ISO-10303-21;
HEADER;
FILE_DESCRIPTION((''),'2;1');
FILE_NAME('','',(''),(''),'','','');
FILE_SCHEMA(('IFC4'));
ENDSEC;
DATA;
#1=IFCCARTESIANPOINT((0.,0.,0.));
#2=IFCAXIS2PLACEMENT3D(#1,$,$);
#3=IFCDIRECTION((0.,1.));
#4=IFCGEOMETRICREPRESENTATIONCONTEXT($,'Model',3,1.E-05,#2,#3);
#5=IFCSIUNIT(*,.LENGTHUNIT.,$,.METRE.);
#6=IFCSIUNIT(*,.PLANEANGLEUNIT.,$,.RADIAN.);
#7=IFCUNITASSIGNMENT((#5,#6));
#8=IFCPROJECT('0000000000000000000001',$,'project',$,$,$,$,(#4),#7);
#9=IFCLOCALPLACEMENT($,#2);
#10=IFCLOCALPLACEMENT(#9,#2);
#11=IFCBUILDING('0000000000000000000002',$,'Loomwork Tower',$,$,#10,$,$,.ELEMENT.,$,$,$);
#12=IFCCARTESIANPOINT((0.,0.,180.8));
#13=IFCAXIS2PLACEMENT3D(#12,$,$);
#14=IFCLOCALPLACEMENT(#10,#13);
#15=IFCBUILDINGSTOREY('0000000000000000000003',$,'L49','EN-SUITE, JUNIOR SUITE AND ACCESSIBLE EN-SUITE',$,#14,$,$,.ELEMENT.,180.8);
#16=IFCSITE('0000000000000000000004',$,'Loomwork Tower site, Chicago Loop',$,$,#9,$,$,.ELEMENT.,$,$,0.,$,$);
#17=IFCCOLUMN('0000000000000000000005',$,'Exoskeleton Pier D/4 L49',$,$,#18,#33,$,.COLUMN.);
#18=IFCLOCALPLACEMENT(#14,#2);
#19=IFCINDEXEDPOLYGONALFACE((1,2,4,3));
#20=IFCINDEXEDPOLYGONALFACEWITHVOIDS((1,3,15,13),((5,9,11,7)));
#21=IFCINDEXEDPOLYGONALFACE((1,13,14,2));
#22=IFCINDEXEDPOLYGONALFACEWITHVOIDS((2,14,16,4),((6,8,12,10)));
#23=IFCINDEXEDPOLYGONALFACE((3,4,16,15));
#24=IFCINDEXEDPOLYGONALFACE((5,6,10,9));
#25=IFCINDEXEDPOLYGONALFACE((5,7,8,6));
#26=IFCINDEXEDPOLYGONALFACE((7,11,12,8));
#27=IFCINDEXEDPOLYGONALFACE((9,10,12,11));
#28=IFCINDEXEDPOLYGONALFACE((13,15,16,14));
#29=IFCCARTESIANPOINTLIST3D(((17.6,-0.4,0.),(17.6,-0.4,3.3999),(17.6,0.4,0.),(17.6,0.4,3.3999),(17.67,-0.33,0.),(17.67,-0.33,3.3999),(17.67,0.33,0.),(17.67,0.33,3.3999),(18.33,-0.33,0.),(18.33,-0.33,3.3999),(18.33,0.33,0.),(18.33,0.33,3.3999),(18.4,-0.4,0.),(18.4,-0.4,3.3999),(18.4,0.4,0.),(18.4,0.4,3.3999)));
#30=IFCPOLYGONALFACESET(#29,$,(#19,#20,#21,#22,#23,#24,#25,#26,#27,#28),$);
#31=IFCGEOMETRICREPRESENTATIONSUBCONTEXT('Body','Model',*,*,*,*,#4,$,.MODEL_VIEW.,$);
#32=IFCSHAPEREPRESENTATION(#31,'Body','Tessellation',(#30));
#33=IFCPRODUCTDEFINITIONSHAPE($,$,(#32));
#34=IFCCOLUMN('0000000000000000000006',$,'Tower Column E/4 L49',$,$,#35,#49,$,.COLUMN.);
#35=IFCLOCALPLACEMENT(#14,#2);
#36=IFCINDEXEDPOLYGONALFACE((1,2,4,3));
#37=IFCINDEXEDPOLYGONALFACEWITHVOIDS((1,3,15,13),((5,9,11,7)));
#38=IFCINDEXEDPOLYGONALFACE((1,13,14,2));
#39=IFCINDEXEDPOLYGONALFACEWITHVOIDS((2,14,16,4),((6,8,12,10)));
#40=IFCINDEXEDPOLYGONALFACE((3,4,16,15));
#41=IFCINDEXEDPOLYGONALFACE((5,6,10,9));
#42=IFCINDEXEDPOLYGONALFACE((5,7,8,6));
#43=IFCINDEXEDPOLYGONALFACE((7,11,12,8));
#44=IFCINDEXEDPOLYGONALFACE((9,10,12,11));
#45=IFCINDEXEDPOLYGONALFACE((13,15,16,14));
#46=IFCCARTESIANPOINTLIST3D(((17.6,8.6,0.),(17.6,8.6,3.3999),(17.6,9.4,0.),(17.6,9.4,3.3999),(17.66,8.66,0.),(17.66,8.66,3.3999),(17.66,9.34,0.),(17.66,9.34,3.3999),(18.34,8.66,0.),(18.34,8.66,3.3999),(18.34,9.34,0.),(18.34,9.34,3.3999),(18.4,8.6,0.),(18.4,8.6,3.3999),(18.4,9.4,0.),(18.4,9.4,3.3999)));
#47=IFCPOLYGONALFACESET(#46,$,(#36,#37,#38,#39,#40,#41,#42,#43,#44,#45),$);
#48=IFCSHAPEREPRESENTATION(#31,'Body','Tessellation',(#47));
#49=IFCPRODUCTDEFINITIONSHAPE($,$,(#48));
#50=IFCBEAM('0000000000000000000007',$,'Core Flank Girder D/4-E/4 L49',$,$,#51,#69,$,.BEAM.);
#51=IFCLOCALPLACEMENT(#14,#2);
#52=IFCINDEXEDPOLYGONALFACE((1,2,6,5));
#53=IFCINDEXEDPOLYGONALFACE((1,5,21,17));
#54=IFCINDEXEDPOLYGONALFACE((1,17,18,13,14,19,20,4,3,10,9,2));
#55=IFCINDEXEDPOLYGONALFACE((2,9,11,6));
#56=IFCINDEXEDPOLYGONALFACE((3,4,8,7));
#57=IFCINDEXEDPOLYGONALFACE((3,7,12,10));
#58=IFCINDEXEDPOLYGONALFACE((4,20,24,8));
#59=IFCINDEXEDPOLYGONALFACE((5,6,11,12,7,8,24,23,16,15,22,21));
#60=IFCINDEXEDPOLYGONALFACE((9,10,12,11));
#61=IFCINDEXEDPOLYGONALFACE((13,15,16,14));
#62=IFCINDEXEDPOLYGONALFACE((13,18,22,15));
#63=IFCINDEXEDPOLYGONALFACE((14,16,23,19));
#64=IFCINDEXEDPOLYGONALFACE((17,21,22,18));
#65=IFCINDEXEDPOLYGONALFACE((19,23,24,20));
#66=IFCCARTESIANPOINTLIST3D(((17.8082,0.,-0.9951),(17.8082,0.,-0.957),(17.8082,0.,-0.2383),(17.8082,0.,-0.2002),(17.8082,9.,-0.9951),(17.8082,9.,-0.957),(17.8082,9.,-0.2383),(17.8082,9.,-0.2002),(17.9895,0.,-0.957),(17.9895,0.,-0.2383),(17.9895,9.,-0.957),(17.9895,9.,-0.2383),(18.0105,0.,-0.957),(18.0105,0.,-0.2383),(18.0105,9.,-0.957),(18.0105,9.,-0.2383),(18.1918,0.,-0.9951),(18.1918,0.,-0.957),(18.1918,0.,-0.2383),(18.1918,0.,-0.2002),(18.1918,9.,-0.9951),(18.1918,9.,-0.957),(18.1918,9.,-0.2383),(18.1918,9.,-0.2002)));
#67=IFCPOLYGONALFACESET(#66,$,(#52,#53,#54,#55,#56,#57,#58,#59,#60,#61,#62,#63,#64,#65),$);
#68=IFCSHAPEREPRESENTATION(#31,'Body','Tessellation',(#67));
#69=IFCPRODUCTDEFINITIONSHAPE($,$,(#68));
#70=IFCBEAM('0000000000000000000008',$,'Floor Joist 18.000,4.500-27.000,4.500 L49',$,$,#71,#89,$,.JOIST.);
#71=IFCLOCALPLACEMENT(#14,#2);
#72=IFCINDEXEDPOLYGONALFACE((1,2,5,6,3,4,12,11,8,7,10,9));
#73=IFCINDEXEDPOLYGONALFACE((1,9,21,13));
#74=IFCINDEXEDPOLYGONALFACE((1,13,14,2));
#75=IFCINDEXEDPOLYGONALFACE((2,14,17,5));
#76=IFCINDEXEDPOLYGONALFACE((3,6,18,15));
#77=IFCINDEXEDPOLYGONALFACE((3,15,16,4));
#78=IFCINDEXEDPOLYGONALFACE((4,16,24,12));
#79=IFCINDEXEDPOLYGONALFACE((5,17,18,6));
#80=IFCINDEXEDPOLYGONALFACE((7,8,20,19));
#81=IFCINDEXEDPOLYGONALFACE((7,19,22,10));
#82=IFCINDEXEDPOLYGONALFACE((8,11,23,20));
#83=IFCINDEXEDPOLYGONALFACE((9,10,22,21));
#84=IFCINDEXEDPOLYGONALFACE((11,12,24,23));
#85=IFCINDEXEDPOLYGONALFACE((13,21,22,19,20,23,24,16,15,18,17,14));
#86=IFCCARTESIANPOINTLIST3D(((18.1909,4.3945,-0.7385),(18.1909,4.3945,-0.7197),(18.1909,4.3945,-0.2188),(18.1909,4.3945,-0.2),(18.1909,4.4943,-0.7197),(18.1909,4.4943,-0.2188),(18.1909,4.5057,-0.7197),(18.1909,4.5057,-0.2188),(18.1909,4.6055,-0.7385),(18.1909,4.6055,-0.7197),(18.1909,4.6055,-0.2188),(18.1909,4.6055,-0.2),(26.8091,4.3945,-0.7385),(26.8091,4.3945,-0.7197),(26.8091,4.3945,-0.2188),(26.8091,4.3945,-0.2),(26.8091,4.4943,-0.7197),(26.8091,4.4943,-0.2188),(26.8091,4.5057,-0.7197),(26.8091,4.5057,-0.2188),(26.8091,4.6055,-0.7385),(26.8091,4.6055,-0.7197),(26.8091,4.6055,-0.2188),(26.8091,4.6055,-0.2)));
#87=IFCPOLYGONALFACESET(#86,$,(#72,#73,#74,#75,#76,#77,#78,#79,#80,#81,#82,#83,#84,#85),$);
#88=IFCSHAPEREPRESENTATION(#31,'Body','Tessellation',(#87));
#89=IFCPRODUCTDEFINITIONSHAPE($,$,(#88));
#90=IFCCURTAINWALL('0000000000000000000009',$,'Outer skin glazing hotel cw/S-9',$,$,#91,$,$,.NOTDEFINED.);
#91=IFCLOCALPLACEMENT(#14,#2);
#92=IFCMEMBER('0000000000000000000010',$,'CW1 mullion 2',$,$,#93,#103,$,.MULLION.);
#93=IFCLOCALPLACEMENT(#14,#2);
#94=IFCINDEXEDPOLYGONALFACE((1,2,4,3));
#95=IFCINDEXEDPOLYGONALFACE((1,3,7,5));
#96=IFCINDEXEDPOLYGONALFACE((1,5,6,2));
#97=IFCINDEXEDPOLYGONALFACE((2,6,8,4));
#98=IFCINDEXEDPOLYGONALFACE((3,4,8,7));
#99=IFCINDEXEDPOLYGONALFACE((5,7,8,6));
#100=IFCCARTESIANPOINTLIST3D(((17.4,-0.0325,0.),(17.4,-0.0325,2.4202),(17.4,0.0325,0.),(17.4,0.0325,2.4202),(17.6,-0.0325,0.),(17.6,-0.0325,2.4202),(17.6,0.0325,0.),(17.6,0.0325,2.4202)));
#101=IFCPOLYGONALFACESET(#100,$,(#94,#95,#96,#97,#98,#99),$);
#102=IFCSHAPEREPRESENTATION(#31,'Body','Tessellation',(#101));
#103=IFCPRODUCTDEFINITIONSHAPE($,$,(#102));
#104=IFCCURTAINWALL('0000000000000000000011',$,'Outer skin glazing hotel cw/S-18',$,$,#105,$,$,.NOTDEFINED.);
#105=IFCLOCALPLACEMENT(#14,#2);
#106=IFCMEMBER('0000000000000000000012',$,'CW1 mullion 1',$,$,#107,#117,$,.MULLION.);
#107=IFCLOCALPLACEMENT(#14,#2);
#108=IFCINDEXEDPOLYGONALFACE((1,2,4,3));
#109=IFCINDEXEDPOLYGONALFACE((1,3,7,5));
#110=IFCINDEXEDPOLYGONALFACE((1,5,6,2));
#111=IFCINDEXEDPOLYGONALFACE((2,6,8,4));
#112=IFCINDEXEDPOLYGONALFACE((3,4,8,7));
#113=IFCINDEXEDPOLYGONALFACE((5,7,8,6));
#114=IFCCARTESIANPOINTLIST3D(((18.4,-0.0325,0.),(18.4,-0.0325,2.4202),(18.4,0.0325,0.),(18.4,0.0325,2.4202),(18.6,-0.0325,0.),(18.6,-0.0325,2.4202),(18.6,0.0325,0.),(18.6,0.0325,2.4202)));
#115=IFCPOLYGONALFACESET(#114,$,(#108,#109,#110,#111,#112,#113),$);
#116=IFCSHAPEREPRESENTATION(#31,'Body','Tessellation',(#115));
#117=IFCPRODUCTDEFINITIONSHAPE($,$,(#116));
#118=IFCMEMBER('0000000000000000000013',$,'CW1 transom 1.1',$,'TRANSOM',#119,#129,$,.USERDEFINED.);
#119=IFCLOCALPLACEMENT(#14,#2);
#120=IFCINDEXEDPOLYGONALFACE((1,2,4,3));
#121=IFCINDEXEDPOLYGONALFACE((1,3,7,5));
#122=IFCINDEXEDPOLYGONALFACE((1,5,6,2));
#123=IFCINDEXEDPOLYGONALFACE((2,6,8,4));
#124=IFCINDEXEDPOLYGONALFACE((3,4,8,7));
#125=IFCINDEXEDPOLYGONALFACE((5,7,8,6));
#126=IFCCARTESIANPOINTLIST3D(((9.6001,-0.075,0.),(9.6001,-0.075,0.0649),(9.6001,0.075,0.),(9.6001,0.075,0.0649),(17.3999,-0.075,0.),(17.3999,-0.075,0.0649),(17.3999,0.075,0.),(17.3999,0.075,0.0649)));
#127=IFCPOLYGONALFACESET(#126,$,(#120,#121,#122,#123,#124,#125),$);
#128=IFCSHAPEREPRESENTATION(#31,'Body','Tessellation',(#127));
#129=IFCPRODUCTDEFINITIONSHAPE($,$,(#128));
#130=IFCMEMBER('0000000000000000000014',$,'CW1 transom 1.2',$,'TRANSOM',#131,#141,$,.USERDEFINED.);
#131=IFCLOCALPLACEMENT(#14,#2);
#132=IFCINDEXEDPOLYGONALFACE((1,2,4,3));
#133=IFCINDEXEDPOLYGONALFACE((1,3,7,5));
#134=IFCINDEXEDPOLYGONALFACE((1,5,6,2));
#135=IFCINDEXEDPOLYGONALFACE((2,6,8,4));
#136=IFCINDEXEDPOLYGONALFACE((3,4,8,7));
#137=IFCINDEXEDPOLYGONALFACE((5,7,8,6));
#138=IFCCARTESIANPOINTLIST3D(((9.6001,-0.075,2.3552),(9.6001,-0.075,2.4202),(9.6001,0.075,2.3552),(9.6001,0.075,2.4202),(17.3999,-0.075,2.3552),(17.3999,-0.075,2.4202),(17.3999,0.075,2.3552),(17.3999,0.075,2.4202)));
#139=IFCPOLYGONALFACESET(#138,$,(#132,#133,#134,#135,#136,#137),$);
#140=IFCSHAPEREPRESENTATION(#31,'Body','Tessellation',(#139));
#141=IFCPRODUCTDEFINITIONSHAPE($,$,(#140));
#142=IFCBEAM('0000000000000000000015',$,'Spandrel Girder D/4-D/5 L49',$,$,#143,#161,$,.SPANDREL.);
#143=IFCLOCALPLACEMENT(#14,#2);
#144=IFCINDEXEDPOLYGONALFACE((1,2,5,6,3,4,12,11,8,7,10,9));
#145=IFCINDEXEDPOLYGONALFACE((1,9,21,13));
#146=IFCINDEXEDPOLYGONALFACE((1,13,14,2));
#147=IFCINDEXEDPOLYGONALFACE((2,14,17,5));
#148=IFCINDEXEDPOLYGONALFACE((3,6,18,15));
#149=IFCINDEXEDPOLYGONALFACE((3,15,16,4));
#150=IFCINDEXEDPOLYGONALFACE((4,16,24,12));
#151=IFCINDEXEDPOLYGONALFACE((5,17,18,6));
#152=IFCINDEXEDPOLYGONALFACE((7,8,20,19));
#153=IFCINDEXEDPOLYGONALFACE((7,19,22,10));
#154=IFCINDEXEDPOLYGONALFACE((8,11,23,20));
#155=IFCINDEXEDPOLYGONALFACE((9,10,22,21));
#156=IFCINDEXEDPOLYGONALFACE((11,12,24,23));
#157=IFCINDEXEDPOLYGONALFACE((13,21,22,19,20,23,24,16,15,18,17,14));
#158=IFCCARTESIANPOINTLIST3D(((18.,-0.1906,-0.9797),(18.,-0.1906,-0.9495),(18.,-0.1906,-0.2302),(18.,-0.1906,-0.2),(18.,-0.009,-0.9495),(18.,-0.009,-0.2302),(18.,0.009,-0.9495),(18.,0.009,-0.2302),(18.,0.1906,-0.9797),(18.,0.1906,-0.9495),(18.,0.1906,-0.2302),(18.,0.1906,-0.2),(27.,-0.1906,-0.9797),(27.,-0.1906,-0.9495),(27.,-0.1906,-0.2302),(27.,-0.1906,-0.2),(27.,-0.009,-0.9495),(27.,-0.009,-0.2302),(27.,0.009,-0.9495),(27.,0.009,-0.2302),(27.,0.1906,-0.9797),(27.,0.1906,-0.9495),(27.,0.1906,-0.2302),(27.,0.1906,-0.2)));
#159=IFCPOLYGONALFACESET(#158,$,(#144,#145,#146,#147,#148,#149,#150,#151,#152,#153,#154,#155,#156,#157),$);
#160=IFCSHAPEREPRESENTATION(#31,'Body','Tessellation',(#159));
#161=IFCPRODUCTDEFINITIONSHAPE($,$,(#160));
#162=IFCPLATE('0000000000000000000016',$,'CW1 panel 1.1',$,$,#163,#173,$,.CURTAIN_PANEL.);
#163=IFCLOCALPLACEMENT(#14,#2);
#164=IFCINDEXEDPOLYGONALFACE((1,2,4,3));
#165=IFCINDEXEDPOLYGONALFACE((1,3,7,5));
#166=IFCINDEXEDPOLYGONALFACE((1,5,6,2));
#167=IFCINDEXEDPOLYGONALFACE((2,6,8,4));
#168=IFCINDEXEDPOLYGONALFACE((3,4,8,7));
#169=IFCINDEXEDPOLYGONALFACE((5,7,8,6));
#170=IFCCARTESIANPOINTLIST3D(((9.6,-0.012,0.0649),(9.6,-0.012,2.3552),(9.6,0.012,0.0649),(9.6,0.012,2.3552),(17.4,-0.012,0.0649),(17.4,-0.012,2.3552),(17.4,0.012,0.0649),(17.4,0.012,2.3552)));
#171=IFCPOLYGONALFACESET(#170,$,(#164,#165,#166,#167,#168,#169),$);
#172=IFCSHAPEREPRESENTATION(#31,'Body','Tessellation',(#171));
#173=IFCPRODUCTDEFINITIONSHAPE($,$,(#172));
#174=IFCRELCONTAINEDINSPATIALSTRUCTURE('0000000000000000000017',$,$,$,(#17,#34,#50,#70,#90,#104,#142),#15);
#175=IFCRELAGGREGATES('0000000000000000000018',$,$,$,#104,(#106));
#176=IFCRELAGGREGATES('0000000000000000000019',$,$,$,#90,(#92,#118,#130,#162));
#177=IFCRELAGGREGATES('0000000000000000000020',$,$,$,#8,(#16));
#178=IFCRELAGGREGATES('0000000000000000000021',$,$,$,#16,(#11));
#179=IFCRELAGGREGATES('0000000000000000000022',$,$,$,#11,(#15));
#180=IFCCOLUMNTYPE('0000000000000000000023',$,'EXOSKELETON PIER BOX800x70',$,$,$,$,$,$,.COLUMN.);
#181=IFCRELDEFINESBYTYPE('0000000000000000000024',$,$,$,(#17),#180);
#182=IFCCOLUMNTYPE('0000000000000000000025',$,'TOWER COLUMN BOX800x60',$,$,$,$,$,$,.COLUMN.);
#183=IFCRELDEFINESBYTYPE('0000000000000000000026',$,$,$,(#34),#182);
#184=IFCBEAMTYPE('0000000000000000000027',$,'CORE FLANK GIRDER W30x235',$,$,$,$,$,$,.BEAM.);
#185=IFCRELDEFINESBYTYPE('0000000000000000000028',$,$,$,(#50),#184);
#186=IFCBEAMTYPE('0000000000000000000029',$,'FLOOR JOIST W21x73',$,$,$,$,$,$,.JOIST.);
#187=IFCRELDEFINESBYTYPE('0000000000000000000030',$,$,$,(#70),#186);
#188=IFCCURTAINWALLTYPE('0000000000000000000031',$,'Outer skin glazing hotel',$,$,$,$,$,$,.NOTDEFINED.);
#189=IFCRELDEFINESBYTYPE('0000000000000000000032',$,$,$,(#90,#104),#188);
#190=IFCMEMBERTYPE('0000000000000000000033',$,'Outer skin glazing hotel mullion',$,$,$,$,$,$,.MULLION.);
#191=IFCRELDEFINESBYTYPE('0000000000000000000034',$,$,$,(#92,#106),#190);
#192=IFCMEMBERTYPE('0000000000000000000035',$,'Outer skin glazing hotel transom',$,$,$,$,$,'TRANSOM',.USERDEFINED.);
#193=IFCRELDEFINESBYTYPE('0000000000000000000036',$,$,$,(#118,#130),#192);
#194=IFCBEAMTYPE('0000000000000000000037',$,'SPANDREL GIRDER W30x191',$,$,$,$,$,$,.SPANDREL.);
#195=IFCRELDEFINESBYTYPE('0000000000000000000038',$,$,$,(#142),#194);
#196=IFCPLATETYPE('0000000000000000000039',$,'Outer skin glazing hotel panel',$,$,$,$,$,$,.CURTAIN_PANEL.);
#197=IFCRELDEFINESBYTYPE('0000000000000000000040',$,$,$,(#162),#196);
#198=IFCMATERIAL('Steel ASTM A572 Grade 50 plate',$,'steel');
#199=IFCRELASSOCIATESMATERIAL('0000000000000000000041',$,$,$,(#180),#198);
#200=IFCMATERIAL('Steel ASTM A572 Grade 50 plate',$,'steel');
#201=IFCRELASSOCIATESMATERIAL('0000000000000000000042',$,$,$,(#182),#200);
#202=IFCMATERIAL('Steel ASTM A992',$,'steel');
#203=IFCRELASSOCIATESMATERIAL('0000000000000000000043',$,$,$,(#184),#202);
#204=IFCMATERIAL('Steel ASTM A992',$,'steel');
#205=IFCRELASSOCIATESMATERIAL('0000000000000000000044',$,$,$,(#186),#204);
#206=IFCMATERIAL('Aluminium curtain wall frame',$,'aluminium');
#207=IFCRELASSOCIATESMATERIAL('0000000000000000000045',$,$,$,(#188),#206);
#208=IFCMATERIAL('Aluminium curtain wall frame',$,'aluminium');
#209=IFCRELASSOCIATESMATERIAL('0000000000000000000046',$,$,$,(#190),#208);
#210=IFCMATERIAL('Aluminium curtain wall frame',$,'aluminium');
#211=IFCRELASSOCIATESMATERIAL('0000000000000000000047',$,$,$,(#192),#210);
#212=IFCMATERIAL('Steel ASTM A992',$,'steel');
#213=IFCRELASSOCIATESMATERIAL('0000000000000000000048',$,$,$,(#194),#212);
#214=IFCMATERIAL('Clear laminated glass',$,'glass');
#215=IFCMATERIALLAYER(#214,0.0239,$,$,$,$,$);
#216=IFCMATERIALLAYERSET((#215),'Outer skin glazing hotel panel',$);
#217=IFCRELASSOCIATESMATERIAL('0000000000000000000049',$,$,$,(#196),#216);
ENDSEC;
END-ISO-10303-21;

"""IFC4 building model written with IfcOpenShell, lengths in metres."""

from ifc_helpers import new_model, si_unit, direction, frame, origin, origin_2d, place, context, subcontext, project, spatial, rectangle, hollow_rectangle, i_section, extrude, material, layer, layer_set, material_profile, profile_set, type_object, element, aggregate, save


model = new_model("IFC4")

# Units and contexts
model_context = context("Model", 3, precision=1e-05, world=origin(), true_north=direction((0.0, 1.0)))
body_context = subcontext(model_context, "Body", "Model", "MODEL_VIEW")
ifc_project = project(units=[si_unit("LENGTHUNIT", "METRE"), si_unit("PLANEANGLEUNIT", "RADIAN")], contexts=[model_context])

# Site, building, storey
site_placement = place(None, origin())
site = spatial("IfcSite", under=ifc_project, at=site_placement, Name="Loomwork Tower site, Chicago Loop", CompositionType="ELEMENT", RefElevation=0.0)
building_placement = place(site_placement, origin())
building = spatial("IfcBuilding", under=site, at=building_placement, Name="Loomwork Tower", CompositionType="ELEMENT")
storey_placement = place(building_placement, frame((0.0, 0.0, 180.8)))
storey = spatial("IfcBuildingStorey", under=building, at=storey_placement, Name="L49", Description="EN-SUITE, JUNIOR SUITE AND ACCESSIBLE EN-SUITE", CompositionType="ELEMENT", Elevation=180.8)

# Columns
ifc_material_1 = material(Name="Steel ASTM A572 Grade 50 plate", Category="steel")
ifc_material_profile_1 = material_profile(ifc_material_1, hollow_rectangle(XDim=0.8, YDim=0.8, WallThickness=0.0701, at=origin_2d()), Name="BOX800x70")
ifc_profile_set_1 = profile_set([ifc_material_profile_1], Name="Steel ASTM A572 Grade 50 plate")
column_type_1 = type_object("IfcColumnType", Name="EXOSKELETON PIER BOX800x70", PredefinedType="COLUMN", material=ifc_profile_set_1)
column_1_placement = place(storey_placement, frame((18.0, 0.0, 0.0), z_axis=(0.0, 0.0, 1.0), x_axis=(1.0, 0.0, 0.0)))
element("IfcColumn", 1, at=column_1_placement, inside=storey, type_object=column_type_1, Name="Exoskeleton Pier D/4 L49", PredefinedType="COLUMN", context=body_context, shape_type="SweptSolid", body=[
    extrude(hollow_rectangle(XDim=0.8, YDim=0.8, WallThickness=0.0701, at=origin_2d()), origin(), (0.0, 0.0, 1.0), 3.3999),
])
ifc_material_2 = material(Name="Steel ASTM A572 Grade 50 plate", Category="steel")
ifc_material_profile_2 = material_profile(ifc_material_2, hollow_rectangle(XDim=0.8, YDim=0.8, WallThickness=0.0601, at=origin_2d()), Name="BOX800x60")
ifc_profile_set_2 = profile_set([ifc_material_profile_2], Name="Steel ASTM A572 Grade 50 plate")
column_type_2 = type_object("IfcColumnType", Name="TOWER COLUMN BOX800x60", PredefinedType="COLUMN", material=ifc_profile_set_2)
column_2_placement = place(storey_placement, frame((18.0, 9.0, 0.0), z_axis=(0.0, 0.0, 1.0), x_axis=(1.0, 0.0, 0.0)))
element("IfcColumn", 2, at=column_2_placement, inside=storey, type_object=column_type_2, Name="Tower Column E/4 L49", PredefinedType="COLUMN", context=body_context, shape_type="SweptSolid", body=[
    extrude(hollow_rectangle(XDim=0.8, YDim=0.8, WallThickness=0.0601, at=origin_2d()), origin(), (0.0, 0.0, 1.0), 3.3999),
])

# Beams
ifc_material_3 = material(Name="Steel ASTM A992", Category="steel")
ifc_material_profile_3 = material_profile(ifc_material_3, i_section(OverallWidth=0.3835, OverallDepth=0.7949, WebThickness=0.021, FlangeThickness=0.0381, at=origin_2d()), Name="W30x235")
ifc_profile_set_3 = profile_set([ifc_material_profile_3], Name="Steel ASTM A992")
beam_type_1 = type_object("IfcBeamType", Name="CORE FLANK GIRDER W30x235", PredefinedType="BEAM", material=ifc_profile_set_3)
beam_1_placement = place(storey_placement, frame((18.0, 0.0, -0.5977), z_axis=(0.0, 1.0, 0.0), x_axis=(-1.0, 0.0, 0.0)))
element("IfcBeam", 3, at=beam_1_placement, inside=storey, type_object=beam_type_1, Name="Core Flank Girder D/4-E/4 L49", PredefinedType="BEAM", context=body_context, shape_type="SweptSolid", body=[
    extrude(i_section(OverallWidth=0.3835, OverallDepth=0.7949, WebThickness=0.021, FlangeThickness=0.0381, at=origin_2d()), origin(), (0.0, 0.0, 1.0), 9.0),
])
ifc_material_4 = material(Name="Steel ASTM A992", Category="steel")
ifc_material_profile_4 = material_profile(ifc_material_4, i_section(OverallWidth=0.2109, OverallDepth=0.5386, WebThickness=0.0115, FlangeThickness=0.0188, at=origin_2d()), Name="W21x73")
ifc_profile_set_4 = profile_set([ifc_material_profile_4], Name="Steel ASTM A992")
beam_type_2 = type_object("IfcBeamType", Name="FLOOR JOIST W21x73", PredefinedType="JOIST", material=ifc_profile_set_4)
beam_2_placement = place(storey_placement, frame((18.1909, 4.5, -0.4692), z_axis=(1.0, 0.0, 0.0), x_axis=(0.0, 1.0, 0.0)))
element("IfcBeam", 4, at=beam_2_placement, inside=storey, type_object=beam_type_2, Name="Floor Joist 18.000,4.500-27.000,4.500 L49", PredefinedType="JOIST", context=body_context, shape_type="SweptSolid", body=[
    extrude(i_section(OverallWidth=0.2109, OverallDepth=0.5386, WebThickness=0.0115, FlangeThickness=0.0188, at=origin_2d()), origin(), (0.0, 0.0, 1.0), 8.6182),
])

# Curtain walls, members
ifc_material_5 = material(Name="Aluminium curtain wall frame", Category="aluminium")
curtain_wall_type = type_object("IfcCurtainWallType", Name="Outer skin glazing hotel", PredefinedType="NOTDEFINED", material=ifc_material_5)
curtain_wall_1_placement = place(storey_placement, origin())
curtain_wall_1 = element("IfcCurtainWall", 5, at=curtain_wall_1_placement, inside=storey, type_object=curtain_wall_type, Name="Outer skin glazing hotel cw/S-9", PredefinedType="NOTDEFINED")
ifc_material_6 = material(Name="Aluminium curtain wall frame", Category="aluminium")
ifc_material_profile_5 = material_profile(ifc_material_6, rectangle(XDim=0.0649, YDim=0.2, at=origin_2d()), Name="AL 65x200")
ifc_profile_set_5 = profile_set([ifc_material_profile_5], Name="Aluminium curtain wall frame")
member_type_1 = type_object("IfcMemberType", Name="Outer skin glazing hotel mullion", PredefinedType="MULLION", material=ifc_profile_set_5)
member_1_placement = place(storey_placement, frame((17.5, 0.0, 0.0), z_axis=(0.0, 0.0, 1.0), x_axis=(0.0, 1.0, 0.0)))
member_1 = element("IfcMember", 6, at=member_1_placement, type_object=member_type_1, Name="CW1 mullion 2", PredefinedType="MULLION", context=body_context, shape_type="SweptSolid", body=[
    extrude(rectangle(XDim=0.0649, YDim=0.2, at=origin_2d()), origin(), (0.0, 0.0, 1.0), 2.4202),
])
curtain_wall_2_placement = place(storey_placement, origin())
curtain_wall_2 = element("IfcCurtainWall", 7, at=curtain_wall_2_placement, inside=storey, type_object=curtain_wall_type, Name="Outer skin glazing hotel cw/S-18", PredefinedType="NOTDEFINED")
member_2_placement = place(storey_placement, frame((18.5, 0.0, 0.0), z_axis=(0.0, 0.0, 1.0), x_axis=(0.0, 1.0, 0.0)))
member_2 = element("IfcMember", 8, at=member_2_placement, type_object=member_type_1, Name="CW1 mullion 1", PredefinedType="MULLION", context=body_context, shape_type="SweptSolid", body=[
    extrude(rectangle(XDim=0.0649, YDim=0.2, at=origin_2d()), origin(), (0.0, 0.0, 1.0), 2.4202),
])
aggregate(curtain_wall_2, [member_2])

# Members
ifc_material_7 = material(Name="Aluminium curtain wall frame", Category="aluminium")
ifc_material_profile_6 = material_profile(ifc_material_7, rectangle(XDim=0.1499, YDim=0.0649, at=origin_2d()), Name="AL 65x150")
ifc_profile_set_6 = profile_set([ifc_material_profile_6], Name="Aluminium curtain wall frame")
member_type_2 = type_object("IfcMemberType", Name="Outer skin glazing hotel transom", ElementType="TRANSOM", PredefinedType="USERDEFINED", material=ifc_profile_set_6)
member_3_placement = place(storey_placement, frame((9.6001, 0.0, 0.0325), z_axis=(1.0, 0.0, 0.0), x_axis=(0.0, 1.0, 0.0)))
member_3 = element("IfcMember", 9, at=member_3_placement, type_object=member_type_2, Name="CW1 transom 1.1", ObjectType="TRANSOM", PredefinedType="USERDEFINED", context=body_context, shape_type="SweptSolid", body=[
    extrude(rectangle(XDim=0.1499, YDim=0.0649, at=origin_2d()), origin(), (0.0, 0.0, 1.0), 7.7998),
])
member_4_placement = place(storey_placement, frame((9.6001, 0.0, 2.3877), z_axis=(1.0, 0.0, 0.0), x_axis=(0.0, 1.0, 0.0)))
member_4 = element("IfcMember", 10, at=member_4_placement, type_object=member_type_2, Name="CW1 transom 1.2", ObjectType="TRANSOM", PredefinedType="USERDEFINED", context=body_context, shape_type="SweptSolid", body=[
    extrude(rectangle(XDim=0.1499, YDim=0.0649, at=origin_2d()), origin(), (0.0, 0.0, 1.0), 7.7998),
])

# Beam
ifc_material_8 = material(Name="Steel ASTM A992", Category="steel")
ifc_material_profile_7 = material_profile(ifc_material_8, i_section(OverallWidth=0.3811, OverallDepth=0.7798, WebThickness=0.0181, FlangeThickness=0.0303, at=origin_2d()), Name="W30x191")
ifc_profile_set_7 = profile_set([ifc_material_profile_7], Name="Steel ASTM A992")
beam_type_3 = type_object("IfcBeamType", Name="SPANDREL GIRDER W30x191", PredefinedType="SPANDREL", material=ifc_profile_set_7)
beam_3_placement = place(storey_placement, frame((18.0, 0.0, -0.5898), z_axis=(1.0, 0.0, 0.0), x_axis=(0.0, 1.0, 0.0)))
element("IfcBeam", 11, at=beam_3_placement, inside=storey, type_object=beam_type_3, Name="Spandrel Girder D/4-D/5 L49", PredefinedType="SPANDREL", context=body_context, shape_type="SweptSolid", body=[
    extrude(i_section(OverallWidth=0.3811, OverallDepth=0.7798, WebThickness=0.0181, FlangeThickness=0.0303, at=origin_2d()), origin(), (0.0, 0.0, 1.0), 9.0),
])

# Plate
ifc_material_9 = material(Name="Clear laminated glass", Category="glass")
ifc_layer_1 = layer(ifc_material_9, 0.0239)
ifc_layer_set_1 = layer_set([ifc_layer_1], Name="Outer skin glazing hotel panel")
plate_type = type_object("IfcPlateType", Name="Outer skin glazing hotel panel", PredefinedType="CURTAIN_PANEL", material=ifc_layer_set_1)
plate_placement = place(storey_placement, frame((13.5, 0.0, 0.0649), z_axis=(0.0, 0.0, 1.0), x_axis=(1.0, 0.0, 0.0)))
plate = element("IfcPlate", 12, at=plate_placement, type_object=plate_type, Name="CW1 panel 1.1", PredefinedType="CURTAIN_PANEL", context=body_context, shape_type="SweptSolid", body=[
    extrude(rectangle(XDim=7.8, YDim=0.0239, at=origin_2d()), origin(), (0.0, 0.0, 1.0), 2.2903),
])
aggregate(curtain_wall_1, [member_1, member_3, member_4, plate])

save(model, "model.ifc")
